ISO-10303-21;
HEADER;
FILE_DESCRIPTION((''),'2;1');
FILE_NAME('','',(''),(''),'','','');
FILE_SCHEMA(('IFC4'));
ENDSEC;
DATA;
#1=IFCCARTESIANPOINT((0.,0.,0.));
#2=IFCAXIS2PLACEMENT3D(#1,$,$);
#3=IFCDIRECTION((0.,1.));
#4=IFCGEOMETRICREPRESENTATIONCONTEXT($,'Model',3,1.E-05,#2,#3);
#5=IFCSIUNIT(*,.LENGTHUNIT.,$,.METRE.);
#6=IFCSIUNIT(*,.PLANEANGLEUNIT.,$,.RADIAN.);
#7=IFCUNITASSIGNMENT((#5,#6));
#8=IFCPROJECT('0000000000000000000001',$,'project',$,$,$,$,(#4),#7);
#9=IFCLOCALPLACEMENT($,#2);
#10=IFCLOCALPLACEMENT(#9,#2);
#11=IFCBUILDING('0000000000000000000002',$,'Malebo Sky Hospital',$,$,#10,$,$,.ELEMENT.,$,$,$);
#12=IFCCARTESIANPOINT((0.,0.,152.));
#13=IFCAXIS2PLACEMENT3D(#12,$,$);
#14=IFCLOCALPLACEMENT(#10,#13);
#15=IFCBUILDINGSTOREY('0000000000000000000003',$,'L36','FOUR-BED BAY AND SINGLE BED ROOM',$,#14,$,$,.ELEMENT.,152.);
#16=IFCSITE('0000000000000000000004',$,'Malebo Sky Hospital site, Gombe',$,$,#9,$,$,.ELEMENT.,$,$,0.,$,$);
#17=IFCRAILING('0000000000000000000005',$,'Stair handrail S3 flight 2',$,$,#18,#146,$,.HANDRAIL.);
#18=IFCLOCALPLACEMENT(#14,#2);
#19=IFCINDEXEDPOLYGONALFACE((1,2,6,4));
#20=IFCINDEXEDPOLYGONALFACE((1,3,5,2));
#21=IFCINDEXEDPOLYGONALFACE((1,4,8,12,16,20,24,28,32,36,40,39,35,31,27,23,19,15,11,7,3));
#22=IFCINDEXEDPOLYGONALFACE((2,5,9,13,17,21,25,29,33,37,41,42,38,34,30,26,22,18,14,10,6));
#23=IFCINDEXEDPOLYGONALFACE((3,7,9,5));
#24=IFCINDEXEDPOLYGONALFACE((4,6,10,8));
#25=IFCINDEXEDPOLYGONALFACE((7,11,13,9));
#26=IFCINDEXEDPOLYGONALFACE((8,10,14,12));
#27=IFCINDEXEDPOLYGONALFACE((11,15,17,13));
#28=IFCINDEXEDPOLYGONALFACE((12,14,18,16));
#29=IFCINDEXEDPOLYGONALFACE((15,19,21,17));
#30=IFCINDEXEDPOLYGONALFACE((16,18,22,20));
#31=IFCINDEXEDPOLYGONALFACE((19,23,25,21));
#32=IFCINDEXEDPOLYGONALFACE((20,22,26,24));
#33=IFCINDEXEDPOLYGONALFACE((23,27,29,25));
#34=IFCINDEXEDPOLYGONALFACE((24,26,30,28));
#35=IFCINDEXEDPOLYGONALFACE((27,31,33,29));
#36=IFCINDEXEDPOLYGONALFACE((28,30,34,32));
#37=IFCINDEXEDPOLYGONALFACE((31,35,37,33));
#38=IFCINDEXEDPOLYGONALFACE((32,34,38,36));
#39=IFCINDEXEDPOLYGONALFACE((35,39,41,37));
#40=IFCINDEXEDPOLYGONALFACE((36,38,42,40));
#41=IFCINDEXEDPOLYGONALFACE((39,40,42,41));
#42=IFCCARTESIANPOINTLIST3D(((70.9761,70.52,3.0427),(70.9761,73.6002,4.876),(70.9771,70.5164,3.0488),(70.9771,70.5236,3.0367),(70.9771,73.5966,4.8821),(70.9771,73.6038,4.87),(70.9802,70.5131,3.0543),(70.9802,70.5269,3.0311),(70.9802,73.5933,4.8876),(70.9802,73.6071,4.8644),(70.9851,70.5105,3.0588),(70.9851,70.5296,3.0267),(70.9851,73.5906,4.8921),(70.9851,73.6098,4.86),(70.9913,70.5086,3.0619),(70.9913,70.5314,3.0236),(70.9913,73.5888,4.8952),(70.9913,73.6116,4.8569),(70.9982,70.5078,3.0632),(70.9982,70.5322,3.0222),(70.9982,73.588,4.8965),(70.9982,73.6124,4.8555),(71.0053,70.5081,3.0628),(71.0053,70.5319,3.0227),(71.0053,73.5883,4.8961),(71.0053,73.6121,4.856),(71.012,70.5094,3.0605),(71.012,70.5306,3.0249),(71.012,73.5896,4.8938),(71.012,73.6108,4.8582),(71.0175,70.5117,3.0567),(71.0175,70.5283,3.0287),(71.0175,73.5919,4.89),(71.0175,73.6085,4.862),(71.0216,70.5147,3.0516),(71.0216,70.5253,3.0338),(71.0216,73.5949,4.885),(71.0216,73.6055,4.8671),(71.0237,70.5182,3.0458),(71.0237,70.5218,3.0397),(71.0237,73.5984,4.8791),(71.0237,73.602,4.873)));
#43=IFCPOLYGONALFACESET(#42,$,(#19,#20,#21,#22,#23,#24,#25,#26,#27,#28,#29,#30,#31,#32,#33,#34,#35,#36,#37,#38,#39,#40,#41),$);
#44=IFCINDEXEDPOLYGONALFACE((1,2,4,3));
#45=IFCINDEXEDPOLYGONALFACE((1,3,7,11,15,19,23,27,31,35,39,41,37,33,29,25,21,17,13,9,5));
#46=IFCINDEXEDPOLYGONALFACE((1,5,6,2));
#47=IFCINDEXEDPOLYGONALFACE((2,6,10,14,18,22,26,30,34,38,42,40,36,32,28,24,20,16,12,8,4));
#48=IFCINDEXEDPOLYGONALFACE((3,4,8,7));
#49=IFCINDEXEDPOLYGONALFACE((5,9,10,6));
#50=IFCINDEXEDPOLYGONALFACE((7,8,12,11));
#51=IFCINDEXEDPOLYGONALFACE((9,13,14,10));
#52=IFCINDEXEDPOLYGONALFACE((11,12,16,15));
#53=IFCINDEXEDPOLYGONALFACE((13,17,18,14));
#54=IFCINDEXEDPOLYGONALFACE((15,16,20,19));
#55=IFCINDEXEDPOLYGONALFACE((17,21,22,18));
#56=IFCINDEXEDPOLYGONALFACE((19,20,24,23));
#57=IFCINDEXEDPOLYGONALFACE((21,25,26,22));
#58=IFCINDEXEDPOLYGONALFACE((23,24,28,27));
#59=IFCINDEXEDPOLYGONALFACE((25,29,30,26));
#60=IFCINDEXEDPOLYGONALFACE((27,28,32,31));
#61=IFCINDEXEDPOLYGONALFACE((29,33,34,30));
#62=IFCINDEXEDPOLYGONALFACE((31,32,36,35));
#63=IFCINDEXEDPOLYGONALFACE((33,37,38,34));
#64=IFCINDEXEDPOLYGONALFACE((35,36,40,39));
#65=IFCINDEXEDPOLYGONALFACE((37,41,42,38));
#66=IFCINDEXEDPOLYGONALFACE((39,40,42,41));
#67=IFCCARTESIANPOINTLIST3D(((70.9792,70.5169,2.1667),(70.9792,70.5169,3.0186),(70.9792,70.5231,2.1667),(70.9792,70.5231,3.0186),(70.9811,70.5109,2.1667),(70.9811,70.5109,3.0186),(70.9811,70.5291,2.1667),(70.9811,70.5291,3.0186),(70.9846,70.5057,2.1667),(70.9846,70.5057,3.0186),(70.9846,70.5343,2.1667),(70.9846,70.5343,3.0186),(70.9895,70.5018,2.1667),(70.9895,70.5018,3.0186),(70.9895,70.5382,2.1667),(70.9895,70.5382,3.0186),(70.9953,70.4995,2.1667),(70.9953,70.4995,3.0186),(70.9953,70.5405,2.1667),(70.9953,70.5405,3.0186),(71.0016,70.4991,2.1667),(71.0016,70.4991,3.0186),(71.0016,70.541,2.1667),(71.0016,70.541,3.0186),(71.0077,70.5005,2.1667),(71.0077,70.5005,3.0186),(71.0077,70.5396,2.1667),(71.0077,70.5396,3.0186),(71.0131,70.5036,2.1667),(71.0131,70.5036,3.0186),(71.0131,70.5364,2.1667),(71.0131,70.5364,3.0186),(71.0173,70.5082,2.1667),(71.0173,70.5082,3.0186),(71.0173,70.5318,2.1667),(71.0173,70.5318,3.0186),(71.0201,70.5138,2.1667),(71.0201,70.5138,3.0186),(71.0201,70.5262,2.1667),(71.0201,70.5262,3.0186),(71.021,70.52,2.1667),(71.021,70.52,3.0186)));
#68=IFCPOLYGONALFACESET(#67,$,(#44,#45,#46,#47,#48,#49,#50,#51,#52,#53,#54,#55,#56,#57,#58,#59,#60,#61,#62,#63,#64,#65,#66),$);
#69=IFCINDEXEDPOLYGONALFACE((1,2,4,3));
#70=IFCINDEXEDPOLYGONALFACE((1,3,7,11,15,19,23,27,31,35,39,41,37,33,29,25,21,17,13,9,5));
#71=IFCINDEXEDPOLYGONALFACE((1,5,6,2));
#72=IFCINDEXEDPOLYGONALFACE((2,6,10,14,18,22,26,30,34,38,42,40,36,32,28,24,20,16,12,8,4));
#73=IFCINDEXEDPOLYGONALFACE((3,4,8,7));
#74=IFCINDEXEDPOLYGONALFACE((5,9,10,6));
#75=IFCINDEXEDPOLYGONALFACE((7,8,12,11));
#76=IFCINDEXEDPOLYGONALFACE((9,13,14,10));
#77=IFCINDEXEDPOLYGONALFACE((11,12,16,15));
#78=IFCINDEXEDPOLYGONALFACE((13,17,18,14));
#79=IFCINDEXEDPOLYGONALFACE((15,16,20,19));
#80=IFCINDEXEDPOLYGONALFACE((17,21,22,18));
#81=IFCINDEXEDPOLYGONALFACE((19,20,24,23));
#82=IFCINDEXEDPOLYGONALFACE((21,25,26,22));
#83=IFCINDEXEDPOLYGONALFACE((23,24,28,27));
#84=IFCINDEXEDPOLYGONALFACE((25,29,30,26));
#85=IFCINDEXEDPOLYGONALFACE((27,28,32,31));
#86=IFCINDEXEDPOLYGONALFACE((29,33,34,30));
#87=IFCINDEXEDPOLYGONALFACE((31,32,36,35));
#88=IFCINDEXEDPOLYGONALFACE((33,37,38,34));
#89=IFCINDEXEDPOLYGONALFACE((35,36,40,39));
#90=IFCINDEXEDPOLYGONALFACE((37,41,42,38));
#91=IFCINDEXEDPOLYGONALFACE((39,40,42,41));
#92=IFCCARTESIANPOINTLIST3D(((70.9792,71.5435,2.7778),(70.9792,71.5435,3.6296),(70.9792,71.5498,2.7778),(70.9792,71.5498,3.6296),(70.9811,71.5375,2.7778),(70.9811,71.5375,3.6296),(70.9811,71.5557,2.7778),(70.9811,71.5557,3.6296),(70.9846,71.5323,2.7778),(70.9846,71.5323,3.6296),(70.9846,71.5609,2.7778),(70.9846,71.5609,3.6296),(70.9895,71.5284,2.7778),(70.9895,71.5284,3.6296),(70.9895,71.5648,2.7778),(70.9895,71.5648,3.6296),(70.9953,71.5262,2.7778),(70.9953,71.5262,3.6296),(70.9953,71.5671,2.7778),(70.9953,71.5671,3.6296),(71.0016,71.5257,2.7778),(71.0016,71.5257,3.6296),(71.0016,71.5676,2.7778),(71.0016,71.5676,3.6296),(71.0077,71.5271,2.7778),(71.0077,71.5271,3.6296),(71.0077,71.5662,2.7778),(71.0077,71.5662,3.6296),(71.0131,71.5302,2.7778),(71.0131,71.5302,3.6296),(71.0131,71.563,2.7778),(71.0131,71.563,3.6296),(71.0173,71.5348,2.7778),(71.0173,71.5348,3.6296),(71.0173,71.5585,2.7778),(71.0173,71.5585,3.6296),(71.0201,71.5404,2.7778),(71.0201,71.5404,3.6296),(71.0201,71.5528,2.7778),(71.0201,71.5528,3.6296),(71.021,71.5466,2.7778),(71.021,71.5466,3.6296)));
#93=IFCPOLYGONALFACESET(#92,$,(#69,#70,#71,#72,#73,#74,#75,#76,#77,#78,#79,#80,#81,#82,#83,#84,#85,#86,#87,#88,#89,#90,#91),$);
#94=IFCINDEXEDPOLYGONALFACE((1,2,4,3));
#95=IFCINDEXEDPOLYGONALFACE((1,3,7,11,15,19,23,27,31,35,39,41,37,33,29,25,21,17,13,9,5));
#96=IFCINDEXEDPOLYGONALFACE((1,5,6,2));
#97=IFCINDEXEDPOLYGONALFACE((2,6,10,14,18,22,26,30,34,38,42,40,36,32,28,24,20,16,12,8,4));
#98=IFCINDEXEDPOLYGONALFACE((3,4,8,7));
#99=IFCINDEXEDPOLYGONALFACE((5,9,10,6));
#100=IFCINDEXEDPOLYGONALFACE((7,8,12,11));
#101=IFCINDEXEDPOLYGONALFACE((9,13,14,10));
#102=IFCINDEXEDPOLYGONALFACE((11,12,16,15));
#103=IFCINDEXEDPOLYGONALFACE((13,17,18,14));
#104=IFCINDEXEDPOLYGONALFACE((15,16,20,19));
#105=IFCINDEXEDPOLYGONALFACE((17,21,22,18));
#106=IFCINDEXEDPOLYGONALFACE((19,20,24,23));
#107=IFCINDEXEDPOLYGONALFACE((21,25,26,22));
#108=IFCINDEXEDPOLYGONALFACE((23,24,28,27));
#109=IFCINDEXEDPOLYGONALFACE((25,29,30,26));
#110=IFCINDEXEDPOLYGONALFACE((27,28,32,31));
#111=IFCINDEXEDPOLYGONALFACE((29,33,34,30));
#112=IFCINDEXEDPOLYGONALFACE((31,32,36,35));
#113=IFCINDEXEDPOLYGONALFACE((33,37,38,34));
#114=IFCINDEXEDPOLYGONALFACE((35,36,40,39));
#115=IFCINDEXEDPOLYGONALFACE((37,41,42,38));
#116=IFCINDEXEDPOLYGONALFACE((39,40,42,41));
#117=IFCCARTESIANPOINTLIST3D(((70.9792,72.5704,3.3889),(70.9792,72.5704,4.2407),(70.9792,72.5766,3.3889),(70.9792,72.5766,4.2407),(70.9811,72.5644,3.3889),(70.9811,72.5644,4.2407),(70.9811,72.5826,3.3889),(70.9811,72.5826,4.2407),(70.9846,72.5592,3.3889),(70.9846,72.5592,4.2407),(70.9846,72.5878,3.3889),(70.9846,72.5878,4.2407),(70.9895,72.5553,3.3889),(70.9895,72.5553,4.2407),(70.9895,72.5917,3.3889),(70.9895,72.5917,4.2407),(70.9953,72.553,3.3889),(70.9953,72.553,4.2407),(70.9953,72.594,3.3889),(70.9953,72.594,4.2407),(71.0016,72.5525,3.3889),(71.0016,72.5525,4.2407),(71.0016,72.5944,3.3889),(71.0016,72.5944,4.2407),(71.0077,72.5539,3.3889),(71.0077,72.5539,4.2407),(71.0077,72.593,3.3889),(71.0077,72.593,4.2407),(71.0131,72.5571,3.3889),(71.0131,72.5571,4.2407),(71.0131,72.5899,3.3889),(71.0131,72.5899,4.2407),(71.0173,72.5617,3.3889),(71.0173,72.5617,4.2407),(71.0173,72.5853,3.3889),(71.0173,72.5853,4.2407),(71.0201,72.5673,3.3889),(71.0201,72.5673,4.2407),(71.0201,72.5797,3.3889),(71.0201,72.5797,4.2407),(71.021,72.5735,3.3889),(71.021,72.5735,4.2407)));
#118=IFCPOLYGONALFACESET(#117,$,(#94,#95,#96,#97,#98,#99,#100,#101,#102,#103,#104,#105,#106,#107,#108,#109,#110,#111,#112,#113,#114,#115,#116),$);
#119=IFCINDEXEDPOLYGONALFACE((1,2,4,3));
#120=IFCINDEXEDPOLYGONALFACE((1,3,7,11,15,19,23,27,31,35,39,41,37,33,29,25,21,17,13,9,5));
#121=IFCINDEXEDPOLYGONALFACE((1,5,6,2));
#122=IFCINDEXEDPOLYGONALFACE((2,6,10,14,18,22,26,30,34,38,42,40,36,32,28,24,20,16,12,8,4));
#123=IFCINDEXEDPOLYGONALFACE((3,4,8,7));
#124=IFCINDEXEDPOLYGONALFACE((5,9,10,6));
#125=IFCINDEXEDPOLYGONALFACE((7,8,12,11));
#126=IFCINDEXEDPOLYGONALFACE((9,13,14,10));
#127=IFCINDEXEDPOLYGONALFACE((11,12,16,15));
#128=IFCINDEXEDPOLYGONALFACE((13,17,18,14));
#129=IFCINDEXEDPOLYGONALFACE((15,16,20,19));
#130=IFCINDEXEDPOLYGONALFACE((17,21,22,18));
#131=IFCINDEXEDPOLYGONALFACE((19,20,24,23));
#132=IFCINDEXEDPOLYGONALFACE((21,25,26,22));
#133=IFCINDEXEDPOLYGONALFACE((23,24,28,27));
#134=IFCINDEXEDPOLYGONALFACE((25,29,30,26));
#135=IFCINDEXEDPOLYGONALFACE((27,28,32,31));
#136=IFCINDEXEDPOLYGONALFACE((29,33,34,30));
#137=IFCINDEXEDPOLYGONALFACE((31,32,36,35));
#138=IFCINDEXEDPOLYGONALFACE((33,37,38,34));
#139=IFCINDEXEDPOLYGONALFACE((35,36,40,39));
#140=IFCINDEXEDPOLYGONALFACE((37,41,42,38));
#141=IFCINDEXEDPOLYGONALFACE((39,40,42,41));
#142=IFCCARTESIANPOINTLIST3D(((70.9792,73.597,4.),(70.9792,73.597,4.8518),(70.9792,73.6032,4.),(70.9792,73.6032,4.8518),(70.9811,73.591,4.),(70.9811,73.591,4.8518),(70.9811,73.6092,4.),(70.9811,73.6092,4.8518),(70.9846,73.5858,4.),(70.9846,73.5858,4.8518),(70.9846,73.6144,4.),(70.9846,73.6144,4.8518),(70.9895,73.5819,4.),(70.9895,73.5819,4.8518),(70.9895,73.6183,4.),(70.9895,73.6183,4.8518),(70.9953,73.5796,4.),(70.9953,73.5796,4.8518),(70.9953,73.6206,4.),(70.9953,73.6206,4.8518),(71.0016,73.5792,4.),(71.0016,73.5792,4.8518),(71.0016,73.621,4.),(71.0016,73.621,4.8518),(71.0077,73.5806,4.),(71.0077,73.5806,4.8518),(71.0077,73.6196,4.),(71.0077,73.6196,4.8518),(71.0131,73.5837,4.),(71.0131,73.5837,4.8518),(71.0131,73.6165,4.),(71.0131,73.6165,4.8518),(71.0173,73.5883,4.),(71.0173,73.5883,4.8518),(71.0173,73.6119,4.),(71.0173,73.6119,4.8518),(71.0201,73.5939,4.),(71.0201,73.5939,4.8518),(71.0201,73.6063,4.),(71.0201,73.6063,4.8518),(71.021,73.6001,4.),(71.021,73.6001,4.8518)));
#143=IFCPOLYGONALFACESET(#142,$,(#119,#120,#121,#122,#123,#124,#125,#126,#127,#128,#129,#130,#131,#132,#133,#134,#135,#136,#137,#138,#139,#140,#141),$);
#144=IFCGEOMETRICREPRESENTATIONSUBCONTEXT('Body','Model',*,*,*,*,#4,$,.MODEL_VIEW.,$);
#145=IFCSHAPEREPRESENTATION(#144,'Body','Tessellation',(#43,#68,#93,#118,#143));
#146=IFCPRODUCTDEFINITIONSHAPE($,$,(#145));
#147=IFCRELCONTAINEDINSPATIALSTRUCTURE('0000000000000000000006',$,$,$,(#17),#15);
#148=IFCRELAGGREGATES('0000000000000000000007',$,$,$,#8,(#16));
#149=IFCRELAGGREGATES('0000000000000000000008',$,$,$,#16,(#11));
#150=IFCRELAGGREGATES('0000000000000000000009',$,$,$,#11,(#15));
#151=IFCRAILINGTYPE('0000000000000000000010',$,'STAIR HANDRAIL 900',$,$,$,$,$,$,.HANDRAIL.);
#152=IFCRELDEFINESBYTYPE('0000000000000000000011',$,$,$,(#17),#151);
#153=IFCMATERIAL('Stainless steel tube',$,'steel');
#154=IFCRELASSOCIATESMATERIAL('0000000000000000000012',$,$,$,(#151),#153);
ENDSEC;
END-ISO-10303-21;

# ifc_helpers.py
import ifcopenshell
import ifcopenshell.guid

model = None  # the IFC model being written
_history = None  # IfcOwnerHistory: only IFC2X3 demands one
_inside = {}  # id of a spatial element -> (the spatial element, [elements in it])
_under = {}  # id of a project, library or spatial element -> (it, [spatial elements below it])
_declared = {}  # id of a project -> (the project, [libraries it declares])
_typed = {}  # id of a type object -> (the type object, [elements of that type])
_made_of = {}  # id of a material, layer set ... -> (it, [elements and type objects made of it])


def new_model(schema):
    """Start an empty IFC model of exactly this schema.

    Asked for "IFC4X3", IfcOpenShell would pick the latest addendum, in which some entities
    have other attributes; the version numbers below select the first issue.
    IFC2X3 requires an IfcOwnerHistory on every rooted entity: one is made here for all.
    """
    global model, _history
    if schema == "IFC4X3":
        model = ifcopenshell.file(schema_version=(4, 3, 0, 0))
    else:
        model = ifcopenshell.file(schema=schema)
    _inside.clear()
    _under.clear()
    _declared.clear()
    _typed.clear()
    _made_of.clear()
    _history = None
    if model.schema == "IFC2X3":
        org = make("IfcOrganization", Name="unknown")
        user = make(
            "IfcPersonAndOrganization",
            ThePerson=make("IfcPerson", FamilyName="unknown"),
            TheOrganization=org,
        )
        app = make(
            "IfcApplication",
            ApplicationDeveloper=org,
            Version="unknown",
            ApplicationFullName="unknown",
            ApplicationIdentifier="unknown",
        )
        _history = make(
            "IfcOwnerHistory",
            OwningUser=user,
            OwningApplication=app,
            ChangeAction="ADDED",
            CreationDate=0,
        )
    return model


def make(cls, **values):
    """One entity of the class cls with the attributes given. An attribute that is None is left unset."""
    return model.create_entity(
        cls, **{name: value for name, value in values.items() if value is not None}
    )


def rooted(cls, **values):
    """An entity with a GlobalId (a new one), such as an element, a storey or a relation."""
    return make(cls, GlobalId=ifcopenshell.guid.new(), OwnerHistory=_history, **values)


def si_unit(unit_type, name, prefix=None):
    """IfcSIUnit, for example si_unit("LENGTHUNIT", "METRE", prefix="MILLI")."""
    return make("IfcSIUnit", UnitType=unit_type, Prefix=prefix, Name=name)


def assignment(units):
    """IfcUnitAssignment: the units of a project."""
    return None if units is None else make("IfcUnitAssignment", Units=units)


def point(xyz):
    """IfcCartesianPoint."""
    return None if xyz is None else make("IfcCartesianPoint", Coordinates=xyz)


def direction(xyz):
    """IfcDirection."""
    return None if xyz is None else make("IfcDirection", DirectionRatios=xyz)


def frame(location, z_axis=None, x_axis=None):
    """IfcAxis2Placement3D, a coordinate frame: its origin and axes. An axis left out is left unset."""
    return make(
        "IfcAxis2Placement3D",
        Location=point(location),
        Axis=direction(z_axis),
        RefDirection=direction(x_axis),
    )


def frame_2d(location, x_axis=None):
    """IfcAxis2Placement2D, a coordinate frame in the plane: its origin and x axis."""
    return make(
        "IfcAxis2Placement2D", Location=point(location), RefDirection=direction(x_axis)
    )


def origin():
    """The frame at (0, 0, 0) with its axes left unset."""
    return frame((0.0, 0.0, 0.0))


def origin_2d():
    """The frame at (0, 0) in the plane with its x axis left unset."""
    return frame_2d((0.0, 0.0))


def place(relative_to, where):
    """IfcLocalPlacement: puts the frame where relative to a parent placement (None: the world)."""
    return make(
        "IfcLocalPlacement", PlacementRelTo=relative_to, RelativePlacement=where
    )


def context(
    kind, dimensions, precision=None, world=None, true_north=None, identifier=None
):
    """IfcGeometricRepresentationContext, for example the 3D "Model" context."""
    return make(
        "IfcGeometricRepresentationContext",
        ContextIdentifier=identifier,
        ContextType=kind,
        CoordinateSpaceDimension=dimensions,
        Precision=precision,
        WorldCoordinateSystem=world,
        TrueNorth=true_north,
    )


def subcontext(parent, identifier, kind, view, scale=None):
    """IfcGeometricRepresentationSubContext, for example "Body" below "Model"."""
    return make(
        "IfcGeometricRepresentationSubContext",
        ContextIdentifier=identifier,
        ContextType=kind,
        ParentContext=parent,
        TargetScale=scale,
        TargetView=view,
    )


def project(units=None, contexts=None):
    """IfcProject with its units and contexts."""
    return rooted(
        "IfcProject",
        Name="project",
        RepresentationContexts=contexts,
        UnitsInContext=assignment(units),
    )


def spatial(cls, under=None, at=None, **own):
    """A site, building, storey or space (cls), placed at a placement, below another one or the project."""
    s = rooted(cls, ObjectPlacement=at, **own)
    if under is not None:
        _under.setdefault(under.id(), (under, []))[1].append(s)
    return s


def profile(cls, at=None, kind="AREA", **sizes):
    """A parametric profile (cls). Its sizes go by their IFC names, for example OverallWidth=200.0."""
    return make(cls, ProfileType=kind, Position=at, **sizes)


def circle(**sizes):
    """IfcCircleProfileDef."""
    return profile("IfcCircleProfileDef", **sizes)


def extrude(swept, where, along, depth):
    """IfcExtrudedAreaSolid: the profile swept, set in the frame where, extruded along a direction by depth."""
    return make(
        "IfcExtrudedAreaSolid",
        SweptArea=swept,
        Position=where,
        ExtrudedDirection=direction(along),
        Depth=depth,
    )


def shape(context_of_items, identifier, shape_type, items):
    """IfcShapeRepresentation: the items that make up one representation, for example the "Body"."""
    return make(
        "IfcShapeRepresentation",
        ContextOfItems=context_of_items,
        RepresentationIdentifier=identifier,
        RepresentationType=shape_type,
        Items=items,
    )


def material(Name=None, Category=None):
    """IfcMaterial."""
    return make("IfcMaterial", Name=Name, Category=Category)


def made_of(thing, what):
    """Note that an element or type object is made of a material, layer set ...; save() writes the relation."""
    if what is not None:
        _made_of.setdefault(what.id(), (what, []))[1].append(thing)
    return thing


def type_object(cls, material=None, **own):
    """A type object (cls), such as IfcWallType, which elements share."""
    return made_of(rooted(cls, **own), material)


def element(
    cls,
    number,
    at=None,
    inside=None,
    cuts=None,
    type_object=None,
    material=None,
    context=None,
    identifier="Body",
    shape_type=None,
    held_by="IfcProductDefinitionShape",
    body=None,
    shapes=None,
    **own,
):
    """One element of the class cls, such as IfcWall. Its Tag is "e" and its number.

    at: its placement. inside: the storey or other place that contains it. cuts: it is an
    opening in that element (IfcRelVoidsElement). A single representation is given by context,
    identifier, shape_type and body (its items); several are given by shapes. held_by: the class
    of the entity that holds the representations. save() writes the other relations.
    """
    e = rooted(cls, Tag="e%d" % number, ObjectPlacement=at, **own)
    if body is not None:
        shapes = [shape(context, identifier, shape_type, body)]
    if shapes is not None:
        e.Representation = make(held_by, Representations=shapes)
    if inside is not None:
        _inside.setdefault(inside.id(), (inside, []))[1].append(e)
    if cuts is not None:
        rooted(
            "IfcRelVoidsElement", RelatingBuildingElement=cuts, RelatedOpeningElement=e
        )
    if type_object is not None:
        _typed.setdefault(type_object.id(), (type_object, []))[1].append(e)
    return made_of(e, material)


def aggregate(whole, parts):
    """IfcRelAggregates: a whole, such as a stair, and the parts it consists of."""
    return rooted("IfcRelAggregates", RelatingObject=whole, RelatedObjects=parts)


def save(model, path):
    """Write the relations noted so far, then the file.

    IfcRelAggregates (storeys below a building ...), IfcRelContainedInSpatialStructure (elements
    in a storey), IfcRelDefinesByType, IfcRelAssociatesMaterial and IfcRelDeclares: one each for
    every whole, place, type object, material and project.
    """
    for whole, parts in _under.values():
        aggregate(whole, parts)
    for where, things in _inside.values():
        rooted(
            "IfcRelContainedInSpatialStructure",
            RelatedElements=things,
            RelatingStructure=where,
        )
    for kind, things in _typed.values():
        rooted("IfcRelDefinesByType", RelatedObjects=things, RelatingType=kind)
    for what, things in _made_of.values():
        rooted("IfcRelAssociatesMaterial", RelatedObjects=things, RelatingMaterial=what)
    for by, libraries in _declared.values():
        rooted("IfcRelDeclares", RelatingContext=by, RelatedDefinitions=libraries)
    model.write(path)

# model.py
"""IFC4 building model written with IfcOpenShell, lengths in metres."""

from ifc_helpers import new_model, si_unit, direction, frame, origin, origin_2d, place, context, subcontext, project, spatial, circle, extrude, material, type_object, element, save


model = new_model("IFC4")

# Units and contexts
model_context = context("Model", 3, precision=1e-05, world=origin(), true_north=direction((0.0, 1.0)))
body_context = subcontext(model_context, "Body", "Model", "MODEL_VIEW")
ifc_project = project(units=[si_unit("LENGTHUNIT", "METRE"), si_unit("PLANEANGLEUNIT", "RADIAN")], contexts=[model_context])

# Site, building, storey
site_placement = place(None, origin())
site = spatial("IfcSite", under=ifc_project, at=site_placement, Name="Malebo Sky Hospital site, Gombe", CompositionType="ELEMENT", RefElevation=0.0)
building_placement = place(site_placement, origin())
building = spatial("IfcBuilding", under=site, at=building_placement, Name="Malebo Sky Hospital", CompositionType="ELEMENT")
storey_placement = place(building_placement, frame((0.0, 0.0, 152.0)))
storey = spatial("IfcBuildingStorey", under=building, at=storey_placement, Name="L36", Description="FOUR-BED BAY AND SINGLE BED ROOM", CompositionType="ELEMENT", Elevation=152.0)

# Railing
ifc_material_1 = material(Name="Stainless steel tube", Category="steel")
railing_type = type_object("IfcRailingType", Name="STAIR HANDRAIL 900", PredefinedType="HANDRAIL", material=ifc_material_1)
railing_1_placement = place(storey_placement, frame((71.0, 70.52, 2.1667)))
element("IfcRailing", 1, at=railing_1_placement, inside=storey, type_object=railing_type, Name="Stair handrail S3 flight 2", PredefinedType="HANDRAIL", context=body_context, shape_type="SweptSolid", body=[
    extrude(circle(Radius=0.0239, at=origin_2d()), frame((0.0, 0.0, 0.876), z_axis=(0.0, 0.859309, 0.511458), x_axis=(-1.0, 0.0, 0.0)), (0.0, 0.0, 1.0), 3.5845),
    extrude(circle(Radius=0.021, at=origin_2d()), origin(), (0.0, 0.0, 1.0), 0.8518),
    extrude(circle(Radius=0.021, at=origin_2d()), frame((0.0, 1.0266, 0.6111)), (0.0, 0.0, 1.0), 0.8518),
    extrude(circle(Radius=0.021, at=origin_2d()), frame((0.0, 2.0535, 1.2222)), (0.0, 0.0, 1.0), 0.8518),
    extrude(circle(Radius=0.021, at=origin_2d()), frame((0.0, 3.0801, 1.8333)), (0.0, 0.0, 1.0), 0.8518),
])

save(model, "model.ifc")
